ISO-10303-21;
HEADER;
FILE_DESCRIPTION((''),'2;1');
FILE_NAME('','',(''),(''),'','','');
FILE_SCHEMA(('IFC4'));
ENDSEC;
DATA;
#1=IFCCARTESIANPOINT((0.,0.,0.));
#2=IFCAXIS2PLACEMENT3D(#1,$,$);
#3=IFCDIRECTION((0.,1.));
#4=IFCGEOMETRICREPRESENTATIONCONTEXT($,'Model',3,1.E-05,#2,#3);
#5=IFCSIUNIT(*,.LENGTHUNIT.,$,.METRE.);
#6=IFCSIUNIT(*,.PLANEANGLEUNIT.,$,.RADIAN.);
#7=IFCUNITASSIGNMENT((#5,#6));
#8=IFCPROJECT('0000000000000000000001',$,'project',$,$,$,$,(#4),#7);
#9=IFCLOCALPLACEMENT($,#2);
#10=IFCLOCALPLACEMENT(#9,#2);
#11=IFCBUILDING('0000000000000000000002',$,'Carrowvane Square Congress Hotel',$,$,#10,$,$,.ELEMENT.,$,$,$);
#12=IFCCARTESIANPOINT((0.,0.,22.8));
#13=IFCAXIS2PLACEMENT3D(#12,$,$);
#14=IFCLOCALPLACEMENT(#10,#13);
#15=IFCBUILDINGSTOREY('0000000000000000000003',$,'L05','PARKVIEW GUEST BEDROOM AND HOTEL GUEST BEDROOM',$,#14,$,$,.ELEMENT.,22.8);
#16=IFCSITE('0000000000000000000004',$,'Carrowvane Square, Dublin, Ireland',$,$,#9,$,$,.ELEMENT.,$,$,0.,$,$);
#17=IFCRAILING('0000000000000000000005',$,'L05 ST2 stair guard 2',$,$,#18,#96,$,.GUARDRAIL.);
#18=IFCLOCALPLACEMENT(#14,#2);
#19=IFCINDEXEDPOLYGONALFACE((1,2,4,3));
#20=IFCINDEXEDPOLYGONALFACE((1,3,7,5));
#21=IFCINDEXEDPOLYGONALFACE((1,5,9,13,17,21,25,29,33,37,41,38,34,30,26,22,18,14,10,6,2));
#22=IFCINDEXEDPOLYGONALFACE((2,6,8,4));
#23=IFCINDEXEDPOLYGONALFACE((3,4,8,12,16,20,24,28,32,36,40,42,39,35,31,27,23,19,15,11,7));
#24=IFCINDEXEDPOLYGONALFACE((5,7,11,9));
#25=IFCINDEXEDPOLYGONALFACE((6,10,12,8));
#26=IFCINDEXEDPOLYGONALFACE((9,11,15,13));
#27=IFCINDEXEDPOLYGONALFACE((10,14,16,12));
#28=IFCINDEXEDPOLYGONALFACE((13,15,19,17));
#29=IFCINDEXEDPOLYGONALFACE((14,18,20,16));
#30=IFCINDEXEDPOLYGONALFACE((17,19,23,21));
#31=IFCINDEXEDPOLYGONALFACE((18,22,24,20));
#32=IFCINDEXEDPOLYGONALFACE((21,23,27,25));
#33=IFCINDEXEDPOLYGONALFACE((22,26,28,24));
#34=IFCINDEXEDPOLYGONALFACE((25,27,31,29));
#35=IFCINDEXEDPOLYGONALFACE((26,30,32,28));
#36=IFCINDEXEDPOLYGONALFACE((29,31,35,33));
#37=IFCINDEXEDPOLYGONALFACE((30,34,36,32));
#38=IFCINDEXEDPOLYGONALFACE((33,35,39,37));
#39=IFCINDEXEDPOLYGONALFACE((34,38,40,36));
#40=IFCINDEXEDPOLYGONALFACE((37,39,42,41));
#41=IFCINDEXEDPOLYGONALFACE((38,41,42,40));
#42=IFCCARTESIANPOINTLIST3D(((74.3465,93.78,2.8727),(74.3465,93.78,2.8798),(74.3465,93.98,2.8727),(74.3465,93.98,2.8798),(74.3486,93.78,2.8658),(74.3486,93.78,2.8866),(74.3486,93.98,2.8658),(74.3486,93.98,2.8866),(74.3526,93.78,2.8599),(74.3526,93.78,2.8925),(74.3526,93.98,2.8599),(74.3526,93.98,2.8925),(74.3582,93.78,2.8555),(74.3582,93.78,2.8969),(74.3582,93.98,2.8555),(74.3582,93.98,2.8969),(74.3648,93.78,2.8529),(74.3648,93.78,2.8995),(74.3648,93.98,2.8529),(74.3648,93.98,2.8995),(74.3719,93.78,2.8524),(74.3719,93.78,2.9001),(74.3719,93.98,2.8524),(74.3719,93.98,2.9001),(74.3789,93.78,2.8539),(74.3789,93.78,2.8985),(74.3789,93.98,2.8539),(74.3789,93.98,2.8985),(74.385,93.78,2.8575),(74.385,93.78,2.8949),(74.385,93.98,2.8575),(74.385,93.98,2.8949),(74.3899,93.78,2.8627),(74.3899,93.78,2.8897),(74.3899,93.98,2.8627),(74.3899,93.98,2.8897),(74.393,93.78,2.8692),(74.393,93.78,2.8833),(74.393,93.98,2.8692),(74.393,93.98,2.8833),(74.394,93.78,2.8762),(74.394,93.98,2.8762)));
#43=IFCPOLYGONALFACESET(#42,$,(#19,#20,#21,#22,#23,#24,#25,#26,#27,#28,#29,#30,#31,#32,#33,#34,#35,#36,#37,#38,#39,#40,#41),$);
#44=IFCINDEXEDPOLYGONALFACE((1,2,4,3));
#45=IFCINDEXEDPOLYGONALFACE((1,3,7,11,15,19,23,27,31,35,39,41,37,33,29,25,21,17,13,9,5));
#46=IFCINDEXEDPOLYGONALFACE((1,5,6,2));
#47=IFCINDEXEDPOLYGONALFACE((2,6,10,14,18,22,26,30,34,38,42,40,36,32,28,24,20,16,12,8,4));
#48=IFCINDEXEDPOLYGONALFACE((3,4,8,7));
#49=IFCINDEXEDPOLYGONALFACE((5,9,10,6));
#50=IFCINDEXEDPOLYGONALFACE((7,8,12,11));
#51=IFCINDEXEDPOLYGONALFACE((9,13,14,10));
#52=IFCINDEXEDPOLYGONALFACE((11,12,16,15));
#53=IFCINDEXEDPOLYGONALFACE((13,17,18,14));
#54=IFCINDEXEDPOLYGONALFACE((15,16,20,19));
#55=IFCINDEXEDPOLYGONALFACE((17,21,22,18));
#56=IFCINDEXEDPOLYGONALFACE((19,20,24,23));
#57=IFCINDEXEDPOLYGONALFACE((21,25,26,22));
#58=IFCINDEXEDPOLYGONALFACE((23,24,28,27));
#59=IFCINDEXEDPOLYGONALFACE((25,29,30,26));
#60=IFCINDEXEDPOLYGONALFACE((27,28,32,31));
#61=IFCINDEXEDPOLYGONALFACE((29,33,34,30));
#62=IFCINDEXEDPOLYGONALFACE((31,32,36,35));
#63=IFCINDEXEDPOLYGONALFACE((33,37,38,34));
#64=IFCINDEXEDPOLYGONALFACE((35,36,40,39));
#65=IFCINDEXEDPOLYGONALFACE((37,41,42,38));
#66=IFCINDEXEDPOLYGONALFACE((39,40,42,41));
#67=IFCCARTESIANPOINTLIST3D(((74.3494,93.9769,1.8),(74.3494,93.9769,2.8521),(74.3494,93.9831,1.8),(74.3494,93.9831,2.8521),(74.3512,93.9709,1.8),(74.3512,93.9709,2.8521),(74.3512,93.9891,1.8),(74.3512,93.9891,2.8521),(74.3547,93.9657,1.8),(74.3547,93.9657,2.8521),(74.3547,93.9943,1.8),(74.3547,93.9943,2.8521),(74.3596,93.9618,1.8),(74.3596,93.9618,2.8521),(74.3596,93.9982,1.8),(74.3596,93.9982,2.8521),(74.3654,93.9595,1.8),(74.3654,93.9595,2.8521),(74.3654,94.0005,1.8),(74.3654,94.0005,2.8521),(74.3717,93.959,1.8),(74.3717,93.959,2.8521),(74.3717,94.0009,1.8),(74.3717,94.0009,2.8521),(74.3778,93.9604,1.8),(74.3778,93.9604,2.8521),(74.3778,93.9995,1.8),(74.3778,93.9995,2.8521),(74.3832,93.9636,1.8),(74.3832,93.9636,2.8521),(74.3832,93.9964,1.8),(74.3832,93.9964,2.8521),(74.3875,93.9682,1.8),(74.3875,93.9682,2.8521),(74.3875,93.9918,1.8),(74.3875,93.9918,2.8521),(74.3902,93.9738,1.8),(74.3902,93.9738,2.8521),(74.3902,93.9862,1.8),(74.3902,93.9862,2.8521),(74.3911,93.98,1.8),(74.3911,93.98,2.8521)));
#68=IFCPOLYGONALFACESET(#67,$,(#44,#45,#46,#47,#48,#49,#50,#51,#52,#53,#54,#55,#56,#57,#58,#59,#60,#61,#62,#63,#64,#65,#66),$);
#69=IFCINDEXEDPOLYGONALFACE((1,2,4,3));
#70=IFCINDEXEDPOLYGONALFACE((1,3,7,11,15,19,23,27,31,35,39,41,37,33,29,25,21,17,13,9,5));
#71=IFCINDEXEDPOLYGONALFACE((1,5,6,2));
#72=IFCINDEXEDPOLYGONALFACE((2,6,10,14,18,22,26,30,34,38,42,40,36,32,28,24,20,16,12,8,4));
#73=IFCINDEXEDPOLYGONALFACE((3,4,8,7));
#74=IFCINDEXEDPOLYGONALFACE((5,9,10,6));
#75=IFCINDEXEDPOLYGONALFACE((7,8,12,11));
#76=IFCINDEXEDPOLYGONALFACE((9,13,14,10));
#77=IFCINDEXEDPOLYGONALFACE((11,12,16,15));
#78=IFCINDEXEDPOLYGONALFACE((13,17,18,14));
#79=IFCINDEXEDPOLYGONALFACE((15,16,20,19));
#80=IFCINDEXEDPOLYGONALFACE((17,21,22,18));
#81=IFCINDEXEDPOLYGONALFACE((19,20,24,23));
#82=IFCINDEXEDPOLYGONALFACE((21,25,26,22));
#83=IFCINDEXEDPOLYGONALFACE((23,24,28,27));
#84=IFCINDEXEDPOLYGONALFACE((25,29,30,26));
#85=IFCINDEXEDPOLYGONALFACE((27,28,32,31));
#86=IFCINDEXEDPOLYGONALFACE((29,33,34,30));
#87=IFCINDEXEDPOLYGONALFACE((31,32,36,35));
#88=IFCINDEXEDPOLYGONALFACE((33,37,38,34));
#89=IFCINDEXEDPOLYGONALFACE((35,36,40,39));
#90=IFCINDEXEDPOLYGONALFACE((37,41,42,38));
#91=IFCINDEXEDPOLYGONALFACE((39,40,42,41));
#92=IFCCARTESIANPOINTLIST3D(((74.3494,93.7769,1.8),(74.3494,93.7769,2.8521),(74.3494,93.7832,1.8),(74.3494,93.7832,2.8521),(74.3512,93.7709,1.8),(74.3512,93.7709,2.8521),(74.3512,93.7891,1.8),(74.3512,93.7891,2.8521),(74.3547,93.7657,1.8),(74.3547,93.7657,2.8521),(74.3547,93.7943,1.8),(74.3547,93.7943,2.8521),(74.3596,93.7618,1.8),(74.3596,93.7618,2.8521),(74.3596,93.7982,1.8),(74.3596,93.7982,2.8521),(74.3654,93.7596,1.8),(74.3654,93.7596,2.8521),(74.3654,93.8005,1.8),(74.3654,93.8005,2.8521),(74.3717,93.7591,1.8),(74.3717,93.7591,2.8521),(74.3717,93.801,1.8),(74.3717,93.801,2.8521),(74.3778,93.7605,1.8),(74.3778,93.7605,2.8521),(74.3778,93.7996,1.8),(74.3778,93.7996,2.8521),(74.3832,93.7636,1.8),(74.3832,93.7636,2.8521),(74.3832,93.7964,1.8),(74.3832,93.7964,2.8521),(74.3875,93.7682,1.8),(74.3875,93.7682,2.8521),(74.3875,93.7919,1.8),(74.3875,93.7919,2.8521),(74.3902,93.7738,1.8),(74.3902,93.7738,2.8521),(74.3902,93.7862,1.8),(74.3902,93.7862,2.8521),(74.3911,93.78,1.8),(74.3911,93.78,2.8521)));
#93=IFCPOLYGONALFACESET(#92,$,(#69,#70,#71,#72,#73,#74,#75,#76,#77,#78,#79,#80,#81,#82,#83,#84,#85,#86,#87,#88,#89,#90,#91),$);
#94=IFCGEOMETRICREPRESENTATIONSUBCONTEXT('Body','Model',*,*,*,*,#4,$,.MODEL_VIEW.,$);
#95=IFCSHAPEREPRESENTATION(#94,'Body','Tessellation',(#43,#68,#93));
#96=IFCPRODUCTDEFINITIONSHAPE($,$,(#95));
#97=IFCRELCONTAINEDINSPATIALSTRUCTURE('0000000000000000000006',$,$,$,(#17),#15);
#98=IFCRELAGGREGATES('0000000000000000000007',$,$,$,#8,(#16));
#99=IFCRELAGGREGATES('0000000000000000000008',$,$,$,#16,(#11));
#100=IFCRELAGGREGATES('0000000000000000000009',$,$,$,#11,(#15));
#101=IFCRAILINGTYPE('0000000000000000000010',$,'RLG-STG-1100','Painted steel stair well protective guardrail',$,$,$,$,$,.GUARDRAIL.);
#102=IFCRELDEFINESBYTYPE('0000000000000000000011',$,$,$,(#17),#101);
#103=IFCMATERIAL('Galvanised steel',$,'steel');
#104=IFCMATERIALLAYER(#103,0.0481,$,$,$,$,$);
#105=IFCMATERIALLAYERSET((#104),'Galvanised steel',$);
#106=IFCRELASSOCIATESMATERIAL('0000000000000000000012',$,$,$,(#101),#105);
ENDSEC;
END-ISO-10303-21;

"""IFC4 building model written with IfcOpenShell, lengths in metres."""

from ifc_helpers import new_model, si_unit, direction, frame, origin, origin_2d, place, context, subcontext, project, spatial, circle, extrude, material, layer, layer_set, type_object, element, save


model = new_model("IFC4")

# Units and contexts
model_context = context("Model", 3, precision=1e-05, world=origin(), true_north=direction((0.0, 1.0)))
body_context = subcontext(model_context, "Body", "Model", "MODEL_VIEW")
ifc_project = project(units=[si_unit("LENGTHUNIT", "METRE"), si_unit("PLANEANGLEUNIT", "RADIAN")], contexts=[model_context])

# Site, building, storey
site_placement = place(None, origin())
site = spatial("IfcSite", under=ifc_project, at=site_placement, Name="Carrowvane Square, Dublin, Ireland", CompositionType="ELEMENT", RefElevation=0.0)
building_placement = place(site_placement, origin())
building = spatial("IfcBuilding", under=site, at=building_placement, Name="Carrowvane Square Congress Hotel", CompositionType="ELEMENT")
storey_placement = place(building_placement, frame((0.0, 0.0, 22.8)))
storey = spatial("IfcBuildingStorey", under=building, at=storey_placement, Name="L05", Description="PARKVIEW GUEST BEDROOM AND HOTEL GUEST BEDROOM", CompositionType="ELEMENT", Elevation=22.8)

# Railing
ifc_material_1 = material(Name="Galvanised steel", Category="steel")
ifc_layer_1 = layer(ifc_material_1, 0.0481)
ifc_layer_set_1 = layer_set([ifc_layer_1], Name="Galvanised steel")
railing_type_1 = type_object("IfcRailingType", Name="RLG-STG-1100", Description="Painted steel stair well protective guardrail", PredefinedType="GUARDRAIL", material=ifc_layer_set_1)
railing_1_placement = place(storey_placement, frame((74.3701, 93.98, 1.8)))
element("IfcRailing", 1, at=railing_1_placement, inside=storey, type_object=railing_type_1, Name="L05 ST2 stair guard 2", PredefinedType="GUARDRAIL", context=body_context, shape_type="SweptSolid", body=[
    extrude(circle(Radius=0.0239, at=origin_2d()), frame((0.0, 0.0, 1.0762), z_axis=(0.0, -1.0, 0.0), x_axis=(1.0, 0.0, 0.0)), (0.0, 0.0, 1.0), 0.2),
    extrude(circle(Radius=0.021, at=origin_2d()), origin(), (0.0, 0.0, 1.0), 1.052),
    extrude(circle(Radius=0.021, at=origin_2d()), frame((0.0, -0.2, 0.0)), (0.0, 0.0, 1.0), 1.052),
])

save(model, "model.ifc")
